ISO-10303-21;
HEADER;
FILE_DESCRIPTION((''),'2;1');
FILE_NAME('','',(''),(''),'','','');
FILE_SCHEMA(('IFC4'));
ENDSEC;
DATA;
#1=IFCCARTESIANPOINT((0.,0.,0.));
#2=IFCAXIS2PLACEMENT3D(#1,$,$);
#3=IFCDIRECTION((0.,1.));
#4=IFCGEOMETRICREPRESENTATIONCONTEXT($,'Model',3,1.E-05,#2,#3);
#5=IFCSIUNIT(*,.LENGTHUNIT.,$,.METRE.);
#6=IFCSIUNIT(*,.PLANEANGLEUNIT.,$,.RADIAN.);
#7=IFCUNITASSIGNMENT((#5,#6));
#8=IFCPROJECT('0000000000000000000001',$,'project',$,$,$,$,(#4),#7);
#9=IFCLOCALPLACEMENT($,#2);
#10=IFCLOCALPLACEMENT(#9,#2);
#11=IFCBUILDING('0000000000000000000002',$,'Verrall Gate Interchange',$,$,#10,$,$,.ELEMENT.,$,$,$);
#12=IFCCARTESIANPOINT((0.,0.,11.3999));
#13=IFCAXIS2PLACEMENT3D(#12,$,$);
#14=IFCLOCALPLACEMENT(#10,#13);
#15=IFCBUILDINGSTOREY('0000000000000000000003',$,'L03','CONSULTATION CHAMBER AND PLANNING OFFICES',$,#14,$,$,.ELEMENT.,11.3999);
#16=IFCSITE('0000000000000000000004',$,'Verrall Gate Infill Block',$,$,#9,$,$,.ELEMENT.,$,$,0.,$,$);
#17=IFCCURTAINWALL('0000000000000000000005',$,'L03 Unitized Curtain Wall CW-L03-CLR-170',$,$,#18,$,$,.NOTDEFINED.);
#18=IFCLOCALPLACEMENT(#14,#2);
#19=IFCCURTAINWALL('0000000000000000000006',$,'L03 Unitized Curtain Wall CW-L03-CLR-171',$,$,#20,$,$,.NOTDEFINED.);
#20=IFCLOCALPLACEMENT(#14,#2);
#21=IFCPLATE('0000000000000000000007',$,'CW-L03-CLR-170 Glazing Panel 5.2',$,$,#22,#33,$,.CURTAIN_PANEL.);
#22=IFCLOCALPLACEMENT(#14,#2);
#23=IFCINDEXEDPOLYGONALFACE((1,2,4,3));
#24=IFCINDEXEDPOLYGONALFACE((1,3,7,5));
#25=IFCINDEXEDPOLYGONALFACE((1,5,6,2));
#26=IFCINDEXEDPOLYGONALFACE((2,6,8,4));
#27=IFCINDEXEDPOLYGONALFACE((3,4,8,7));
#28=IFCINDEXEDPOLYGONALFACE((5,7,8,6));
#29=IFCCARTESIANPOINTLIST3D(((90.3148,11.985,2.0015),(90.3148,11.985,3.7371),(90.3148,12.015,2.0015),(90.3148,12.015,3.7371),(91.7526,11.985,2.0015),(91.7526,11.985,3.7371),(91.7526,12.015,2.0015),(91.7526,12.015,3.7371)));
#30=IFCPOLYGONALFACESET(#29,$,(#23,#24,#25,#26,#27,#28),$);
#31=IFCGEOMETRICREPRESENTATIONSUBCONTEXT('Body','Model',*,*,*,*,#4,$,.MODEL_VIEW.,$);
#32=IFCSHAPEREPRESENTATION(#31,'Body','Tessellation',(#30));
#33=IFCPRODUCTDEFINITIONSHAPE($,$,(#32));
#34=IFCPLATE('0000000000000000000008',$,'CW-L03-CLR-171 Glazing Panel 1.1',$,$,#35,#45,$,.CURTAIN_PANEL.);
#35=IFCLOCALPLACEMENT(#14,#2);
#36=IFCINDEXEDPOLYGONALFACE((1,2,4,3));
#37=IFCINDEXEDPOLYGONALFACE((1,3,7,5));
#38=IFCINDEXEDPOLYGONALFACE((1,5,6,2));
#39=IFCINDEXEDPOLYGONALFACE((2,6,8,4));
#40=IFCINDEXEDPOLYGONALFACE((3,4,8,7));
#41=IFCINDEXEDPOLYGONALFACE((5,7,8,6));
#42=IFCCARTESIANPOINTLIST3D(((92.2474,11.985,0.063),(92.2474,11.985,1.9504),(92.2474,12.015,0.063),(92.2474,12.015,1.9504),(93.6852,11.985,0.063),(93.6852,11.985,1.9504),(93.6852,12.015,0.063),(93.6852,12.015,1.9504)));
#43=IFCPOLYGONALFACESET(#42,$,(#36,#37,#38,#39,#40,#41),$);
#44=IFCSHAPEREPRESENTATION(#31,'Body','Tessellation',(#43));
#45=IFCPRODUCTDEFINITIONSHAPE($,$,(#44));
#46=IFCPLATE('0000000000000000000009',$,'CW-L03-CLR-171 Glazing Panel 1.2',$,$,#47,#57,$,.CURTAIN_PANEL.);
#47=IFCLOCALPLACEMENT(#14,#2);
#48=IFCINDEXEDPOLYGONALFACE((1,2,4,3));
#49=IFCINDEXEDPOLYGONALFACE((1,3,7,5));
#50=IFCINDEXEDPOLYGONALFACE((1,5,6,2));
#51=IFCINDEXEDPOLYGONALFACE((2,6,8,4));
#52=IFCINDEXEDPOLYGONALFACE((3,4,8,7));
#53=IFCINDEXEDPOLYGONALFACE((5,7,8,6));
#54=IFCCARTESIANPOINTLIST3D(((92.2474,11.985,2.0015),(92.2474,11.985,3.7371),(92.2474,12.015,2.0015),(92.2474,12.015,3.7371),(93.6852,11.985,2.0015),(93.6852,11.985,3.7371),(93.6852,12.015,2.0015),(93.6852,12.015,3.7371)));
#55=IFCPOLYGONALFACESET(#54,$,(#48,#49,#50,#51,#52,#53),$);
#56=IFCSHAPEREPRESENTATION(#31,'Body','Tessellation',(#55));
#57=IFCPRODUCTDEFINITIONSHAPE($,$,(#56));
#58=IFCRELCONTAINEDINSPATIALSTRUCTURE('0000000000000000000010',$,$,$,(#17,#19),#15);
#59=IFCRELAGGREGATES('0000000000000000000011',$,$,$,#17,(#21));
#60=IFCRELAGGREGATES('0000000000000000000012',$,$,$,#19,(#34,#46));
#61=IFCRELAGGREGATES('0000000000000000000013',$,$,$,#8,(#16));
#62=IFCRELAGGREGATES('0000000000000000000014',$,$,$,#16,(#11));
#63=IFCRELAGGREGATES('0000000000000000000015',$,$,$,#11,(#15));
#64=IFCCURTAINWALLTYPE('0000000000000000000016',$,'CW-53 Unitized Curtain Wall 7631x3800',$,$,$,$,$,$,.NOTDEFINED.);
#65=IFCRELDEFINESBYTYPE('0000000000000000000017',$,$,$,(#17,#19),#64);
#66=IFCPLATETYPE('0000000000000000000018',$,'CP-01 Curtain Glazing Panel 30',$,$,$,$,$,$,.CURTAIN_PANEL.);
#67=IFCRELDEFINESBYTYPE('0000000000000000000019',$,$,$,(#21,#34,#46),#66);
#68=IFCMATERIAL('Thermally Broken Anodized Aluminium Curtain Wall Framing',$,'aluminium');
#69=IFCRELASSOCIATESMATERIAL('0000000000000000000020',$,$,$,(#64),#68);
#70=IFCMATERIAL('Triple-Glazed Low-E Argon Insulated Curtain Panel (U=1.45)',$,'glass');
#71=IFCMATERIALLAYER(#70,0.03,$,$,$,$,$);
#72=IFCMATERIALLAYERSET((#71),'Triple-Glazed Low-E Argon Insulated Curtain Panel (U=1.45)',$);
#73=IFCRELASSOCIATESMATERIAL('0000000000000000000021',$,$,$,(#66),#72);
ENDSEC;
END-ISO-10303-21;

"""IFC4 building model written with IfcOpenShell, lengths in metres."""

from ifc_helpers import new_model, si_unit, direction, frame, origin, origin_2d, place, context, subcontext, project, spatial, rectangle, extrude, material, layer, layer_set, type_object, element, aggregate, save


model = new_model("IFC4")

# Units and contexts
model_context = context("Model", 3, precision=1e-05, world=origin(), true_north=direction((0.0, 1.0)))
body_context = subcontext(model_context, "Body", "Model", "MODEL_VIEW")
ifc_project = project(units=[si_unit("LENGTHUNIT", "METRE"), si_unit("PLANEANGLEUNIT", "RADIAN")], contexts=[model_context])

# Site, building, storey
site_placement = place(None, origin())
site = spatial("IfcSite", under=ifc_project, at=site_placement, Name="Verrall Gate Infill Block", CompositionType="ELEMENT", RefElevation=0.0)
building_placement = place(site_placement, origin())
building = spatial("IfcBuilding", under=site, at=building_placement, Name="Verrall Gate Interchange", CompositionType="ELEMENT")
storey_placement = place(building_placement, frame((0.0, 0.0, 11.3999)))
storey = spatial("IfcBuildingStorey", under=building, at=storey_placement, Name="L03", Description="CONSULTATION CHAMBER AND PLANNING OFFICES", CompositionType="ELEMENT", Elevation=11.3999)

# Curtain walls
ifc_material_1 = material(Name="Thermally Broken Anodized Aluminium Curtain Wall Framing", Category="aluminium")
curtain_wall_type = type_object("IfcCurtainWallType", Name="CW-53 Unitized Curtain Wall 7631x3800", PredefinedType="NOTDEFINED", material=ifc_material_1)
curtain_wall_1_placement = place(storey_placement, origin())
curtain_wall_1 = element("IfcCurtainWall", 1, at=curtain_wall_1_placement, inside=storey, type_object=curtain_wall_type, Name="L03 Unitized Curtain Wall CW-L03-CLR-170", PredefinedType="NOTDEFINED")
curtain_wall_2_placement = place(storey_placement, origin())
curtain_wall_2 = element("IfcCurtainWall", 2, at=curtain_wall_2_placement, inside=storey, type_object=curtain_wall_type, Name="L03 Unitized Curtain Wall CW-L03-CLR-171", PredefinedType="NOTDEFINED")

# Plates
ifc_material_2 = material(Name="Triple-Glazed Low-E Argon Insulated Curtain Panel (U=1.45)", Category="glass")
ifc_layer_1 = layer(ifc_material_2, 0.03)
ifc_layer_set_1 = layer_set([ifc_layer_1], Name="Triple-Glazed Low-E Argon Insulated Curtain Panel (U=1.45)")
plate_type_1 = type_object("IfcPlateType", Name="CP-01 Curtain Glazing Panel 30", PredefinedType="CURTAIN_PANEL", material=ifc_layer_set_1)
plate_1_placement = place(storey_placement, frame((91.0337, 12.0, 2.0015), z_axis=(0.0, 0.0, 1.0), x_axis=(1.0, 0.0, 0.0)))
plate_1 = element("IfcPlate", 3, at=plate_1_placement, type_object=plate_type_1, Name="CW-L03-CLR-170 Glazing Panel 5.2", PredefinedType="CURTAIN_PANEL", context=body_context, shape_type="SweptSolid", body=[
    extrude(rectangle(XDim=1.4377, YDim=0.03, at=origin_2d()), origin(), (0.0, 0.0, 1.0), 1.7356),
])
aggregate(curtain_wall_1, [plate_1])
plate_2_placement = place(storey_placement, frame((92.9663, 12.0, 0.063), z_axis=(0.0, 0.0, 1.0), x_axis=(1.0, 0.0, 0.0)))
plate_2 = element("IfcPlate", 4, at=plate_2_placement, type_object=plate_type_1, Name="CW-L03-CLR-171 Glazing Panel 1.1", PredefinedType="CURTAIN_PANEL", context=body_context, shape_type="SweptSolid", body=[
    extrude(rectangle(XDim=1.4377, YDim=0.03, at=origin_2d()), origin(), (0.0, 0.0, 1.0), 1.8875),
])
plate_3_placement = place(storey_placement, frame((92.9663, 12.0, 2.0015), z_axis=(0.0, 0.0, 1.0), x_axis=(1.0, 0.0, 0.0)))
plate_3 = element("IfcPlate", 5, at=plate_3_placement, type_object=plate_type_1, Name="CW-L03-CLR-171 Glazing Panel 1.2", PredefinedType="CURTAIN_PANEL", context=body_context, shape_type="SweptSolid", body=[
    extrude(rectangle(XDim=1.4377, YDim=0.03, at=origin_2d()), origin(), (0.0, 0.0, 1.0), 1.7356),
])
aggregate(curtain_wall_2, [plate_2, plate_3])

save(model, "model.ifc")
